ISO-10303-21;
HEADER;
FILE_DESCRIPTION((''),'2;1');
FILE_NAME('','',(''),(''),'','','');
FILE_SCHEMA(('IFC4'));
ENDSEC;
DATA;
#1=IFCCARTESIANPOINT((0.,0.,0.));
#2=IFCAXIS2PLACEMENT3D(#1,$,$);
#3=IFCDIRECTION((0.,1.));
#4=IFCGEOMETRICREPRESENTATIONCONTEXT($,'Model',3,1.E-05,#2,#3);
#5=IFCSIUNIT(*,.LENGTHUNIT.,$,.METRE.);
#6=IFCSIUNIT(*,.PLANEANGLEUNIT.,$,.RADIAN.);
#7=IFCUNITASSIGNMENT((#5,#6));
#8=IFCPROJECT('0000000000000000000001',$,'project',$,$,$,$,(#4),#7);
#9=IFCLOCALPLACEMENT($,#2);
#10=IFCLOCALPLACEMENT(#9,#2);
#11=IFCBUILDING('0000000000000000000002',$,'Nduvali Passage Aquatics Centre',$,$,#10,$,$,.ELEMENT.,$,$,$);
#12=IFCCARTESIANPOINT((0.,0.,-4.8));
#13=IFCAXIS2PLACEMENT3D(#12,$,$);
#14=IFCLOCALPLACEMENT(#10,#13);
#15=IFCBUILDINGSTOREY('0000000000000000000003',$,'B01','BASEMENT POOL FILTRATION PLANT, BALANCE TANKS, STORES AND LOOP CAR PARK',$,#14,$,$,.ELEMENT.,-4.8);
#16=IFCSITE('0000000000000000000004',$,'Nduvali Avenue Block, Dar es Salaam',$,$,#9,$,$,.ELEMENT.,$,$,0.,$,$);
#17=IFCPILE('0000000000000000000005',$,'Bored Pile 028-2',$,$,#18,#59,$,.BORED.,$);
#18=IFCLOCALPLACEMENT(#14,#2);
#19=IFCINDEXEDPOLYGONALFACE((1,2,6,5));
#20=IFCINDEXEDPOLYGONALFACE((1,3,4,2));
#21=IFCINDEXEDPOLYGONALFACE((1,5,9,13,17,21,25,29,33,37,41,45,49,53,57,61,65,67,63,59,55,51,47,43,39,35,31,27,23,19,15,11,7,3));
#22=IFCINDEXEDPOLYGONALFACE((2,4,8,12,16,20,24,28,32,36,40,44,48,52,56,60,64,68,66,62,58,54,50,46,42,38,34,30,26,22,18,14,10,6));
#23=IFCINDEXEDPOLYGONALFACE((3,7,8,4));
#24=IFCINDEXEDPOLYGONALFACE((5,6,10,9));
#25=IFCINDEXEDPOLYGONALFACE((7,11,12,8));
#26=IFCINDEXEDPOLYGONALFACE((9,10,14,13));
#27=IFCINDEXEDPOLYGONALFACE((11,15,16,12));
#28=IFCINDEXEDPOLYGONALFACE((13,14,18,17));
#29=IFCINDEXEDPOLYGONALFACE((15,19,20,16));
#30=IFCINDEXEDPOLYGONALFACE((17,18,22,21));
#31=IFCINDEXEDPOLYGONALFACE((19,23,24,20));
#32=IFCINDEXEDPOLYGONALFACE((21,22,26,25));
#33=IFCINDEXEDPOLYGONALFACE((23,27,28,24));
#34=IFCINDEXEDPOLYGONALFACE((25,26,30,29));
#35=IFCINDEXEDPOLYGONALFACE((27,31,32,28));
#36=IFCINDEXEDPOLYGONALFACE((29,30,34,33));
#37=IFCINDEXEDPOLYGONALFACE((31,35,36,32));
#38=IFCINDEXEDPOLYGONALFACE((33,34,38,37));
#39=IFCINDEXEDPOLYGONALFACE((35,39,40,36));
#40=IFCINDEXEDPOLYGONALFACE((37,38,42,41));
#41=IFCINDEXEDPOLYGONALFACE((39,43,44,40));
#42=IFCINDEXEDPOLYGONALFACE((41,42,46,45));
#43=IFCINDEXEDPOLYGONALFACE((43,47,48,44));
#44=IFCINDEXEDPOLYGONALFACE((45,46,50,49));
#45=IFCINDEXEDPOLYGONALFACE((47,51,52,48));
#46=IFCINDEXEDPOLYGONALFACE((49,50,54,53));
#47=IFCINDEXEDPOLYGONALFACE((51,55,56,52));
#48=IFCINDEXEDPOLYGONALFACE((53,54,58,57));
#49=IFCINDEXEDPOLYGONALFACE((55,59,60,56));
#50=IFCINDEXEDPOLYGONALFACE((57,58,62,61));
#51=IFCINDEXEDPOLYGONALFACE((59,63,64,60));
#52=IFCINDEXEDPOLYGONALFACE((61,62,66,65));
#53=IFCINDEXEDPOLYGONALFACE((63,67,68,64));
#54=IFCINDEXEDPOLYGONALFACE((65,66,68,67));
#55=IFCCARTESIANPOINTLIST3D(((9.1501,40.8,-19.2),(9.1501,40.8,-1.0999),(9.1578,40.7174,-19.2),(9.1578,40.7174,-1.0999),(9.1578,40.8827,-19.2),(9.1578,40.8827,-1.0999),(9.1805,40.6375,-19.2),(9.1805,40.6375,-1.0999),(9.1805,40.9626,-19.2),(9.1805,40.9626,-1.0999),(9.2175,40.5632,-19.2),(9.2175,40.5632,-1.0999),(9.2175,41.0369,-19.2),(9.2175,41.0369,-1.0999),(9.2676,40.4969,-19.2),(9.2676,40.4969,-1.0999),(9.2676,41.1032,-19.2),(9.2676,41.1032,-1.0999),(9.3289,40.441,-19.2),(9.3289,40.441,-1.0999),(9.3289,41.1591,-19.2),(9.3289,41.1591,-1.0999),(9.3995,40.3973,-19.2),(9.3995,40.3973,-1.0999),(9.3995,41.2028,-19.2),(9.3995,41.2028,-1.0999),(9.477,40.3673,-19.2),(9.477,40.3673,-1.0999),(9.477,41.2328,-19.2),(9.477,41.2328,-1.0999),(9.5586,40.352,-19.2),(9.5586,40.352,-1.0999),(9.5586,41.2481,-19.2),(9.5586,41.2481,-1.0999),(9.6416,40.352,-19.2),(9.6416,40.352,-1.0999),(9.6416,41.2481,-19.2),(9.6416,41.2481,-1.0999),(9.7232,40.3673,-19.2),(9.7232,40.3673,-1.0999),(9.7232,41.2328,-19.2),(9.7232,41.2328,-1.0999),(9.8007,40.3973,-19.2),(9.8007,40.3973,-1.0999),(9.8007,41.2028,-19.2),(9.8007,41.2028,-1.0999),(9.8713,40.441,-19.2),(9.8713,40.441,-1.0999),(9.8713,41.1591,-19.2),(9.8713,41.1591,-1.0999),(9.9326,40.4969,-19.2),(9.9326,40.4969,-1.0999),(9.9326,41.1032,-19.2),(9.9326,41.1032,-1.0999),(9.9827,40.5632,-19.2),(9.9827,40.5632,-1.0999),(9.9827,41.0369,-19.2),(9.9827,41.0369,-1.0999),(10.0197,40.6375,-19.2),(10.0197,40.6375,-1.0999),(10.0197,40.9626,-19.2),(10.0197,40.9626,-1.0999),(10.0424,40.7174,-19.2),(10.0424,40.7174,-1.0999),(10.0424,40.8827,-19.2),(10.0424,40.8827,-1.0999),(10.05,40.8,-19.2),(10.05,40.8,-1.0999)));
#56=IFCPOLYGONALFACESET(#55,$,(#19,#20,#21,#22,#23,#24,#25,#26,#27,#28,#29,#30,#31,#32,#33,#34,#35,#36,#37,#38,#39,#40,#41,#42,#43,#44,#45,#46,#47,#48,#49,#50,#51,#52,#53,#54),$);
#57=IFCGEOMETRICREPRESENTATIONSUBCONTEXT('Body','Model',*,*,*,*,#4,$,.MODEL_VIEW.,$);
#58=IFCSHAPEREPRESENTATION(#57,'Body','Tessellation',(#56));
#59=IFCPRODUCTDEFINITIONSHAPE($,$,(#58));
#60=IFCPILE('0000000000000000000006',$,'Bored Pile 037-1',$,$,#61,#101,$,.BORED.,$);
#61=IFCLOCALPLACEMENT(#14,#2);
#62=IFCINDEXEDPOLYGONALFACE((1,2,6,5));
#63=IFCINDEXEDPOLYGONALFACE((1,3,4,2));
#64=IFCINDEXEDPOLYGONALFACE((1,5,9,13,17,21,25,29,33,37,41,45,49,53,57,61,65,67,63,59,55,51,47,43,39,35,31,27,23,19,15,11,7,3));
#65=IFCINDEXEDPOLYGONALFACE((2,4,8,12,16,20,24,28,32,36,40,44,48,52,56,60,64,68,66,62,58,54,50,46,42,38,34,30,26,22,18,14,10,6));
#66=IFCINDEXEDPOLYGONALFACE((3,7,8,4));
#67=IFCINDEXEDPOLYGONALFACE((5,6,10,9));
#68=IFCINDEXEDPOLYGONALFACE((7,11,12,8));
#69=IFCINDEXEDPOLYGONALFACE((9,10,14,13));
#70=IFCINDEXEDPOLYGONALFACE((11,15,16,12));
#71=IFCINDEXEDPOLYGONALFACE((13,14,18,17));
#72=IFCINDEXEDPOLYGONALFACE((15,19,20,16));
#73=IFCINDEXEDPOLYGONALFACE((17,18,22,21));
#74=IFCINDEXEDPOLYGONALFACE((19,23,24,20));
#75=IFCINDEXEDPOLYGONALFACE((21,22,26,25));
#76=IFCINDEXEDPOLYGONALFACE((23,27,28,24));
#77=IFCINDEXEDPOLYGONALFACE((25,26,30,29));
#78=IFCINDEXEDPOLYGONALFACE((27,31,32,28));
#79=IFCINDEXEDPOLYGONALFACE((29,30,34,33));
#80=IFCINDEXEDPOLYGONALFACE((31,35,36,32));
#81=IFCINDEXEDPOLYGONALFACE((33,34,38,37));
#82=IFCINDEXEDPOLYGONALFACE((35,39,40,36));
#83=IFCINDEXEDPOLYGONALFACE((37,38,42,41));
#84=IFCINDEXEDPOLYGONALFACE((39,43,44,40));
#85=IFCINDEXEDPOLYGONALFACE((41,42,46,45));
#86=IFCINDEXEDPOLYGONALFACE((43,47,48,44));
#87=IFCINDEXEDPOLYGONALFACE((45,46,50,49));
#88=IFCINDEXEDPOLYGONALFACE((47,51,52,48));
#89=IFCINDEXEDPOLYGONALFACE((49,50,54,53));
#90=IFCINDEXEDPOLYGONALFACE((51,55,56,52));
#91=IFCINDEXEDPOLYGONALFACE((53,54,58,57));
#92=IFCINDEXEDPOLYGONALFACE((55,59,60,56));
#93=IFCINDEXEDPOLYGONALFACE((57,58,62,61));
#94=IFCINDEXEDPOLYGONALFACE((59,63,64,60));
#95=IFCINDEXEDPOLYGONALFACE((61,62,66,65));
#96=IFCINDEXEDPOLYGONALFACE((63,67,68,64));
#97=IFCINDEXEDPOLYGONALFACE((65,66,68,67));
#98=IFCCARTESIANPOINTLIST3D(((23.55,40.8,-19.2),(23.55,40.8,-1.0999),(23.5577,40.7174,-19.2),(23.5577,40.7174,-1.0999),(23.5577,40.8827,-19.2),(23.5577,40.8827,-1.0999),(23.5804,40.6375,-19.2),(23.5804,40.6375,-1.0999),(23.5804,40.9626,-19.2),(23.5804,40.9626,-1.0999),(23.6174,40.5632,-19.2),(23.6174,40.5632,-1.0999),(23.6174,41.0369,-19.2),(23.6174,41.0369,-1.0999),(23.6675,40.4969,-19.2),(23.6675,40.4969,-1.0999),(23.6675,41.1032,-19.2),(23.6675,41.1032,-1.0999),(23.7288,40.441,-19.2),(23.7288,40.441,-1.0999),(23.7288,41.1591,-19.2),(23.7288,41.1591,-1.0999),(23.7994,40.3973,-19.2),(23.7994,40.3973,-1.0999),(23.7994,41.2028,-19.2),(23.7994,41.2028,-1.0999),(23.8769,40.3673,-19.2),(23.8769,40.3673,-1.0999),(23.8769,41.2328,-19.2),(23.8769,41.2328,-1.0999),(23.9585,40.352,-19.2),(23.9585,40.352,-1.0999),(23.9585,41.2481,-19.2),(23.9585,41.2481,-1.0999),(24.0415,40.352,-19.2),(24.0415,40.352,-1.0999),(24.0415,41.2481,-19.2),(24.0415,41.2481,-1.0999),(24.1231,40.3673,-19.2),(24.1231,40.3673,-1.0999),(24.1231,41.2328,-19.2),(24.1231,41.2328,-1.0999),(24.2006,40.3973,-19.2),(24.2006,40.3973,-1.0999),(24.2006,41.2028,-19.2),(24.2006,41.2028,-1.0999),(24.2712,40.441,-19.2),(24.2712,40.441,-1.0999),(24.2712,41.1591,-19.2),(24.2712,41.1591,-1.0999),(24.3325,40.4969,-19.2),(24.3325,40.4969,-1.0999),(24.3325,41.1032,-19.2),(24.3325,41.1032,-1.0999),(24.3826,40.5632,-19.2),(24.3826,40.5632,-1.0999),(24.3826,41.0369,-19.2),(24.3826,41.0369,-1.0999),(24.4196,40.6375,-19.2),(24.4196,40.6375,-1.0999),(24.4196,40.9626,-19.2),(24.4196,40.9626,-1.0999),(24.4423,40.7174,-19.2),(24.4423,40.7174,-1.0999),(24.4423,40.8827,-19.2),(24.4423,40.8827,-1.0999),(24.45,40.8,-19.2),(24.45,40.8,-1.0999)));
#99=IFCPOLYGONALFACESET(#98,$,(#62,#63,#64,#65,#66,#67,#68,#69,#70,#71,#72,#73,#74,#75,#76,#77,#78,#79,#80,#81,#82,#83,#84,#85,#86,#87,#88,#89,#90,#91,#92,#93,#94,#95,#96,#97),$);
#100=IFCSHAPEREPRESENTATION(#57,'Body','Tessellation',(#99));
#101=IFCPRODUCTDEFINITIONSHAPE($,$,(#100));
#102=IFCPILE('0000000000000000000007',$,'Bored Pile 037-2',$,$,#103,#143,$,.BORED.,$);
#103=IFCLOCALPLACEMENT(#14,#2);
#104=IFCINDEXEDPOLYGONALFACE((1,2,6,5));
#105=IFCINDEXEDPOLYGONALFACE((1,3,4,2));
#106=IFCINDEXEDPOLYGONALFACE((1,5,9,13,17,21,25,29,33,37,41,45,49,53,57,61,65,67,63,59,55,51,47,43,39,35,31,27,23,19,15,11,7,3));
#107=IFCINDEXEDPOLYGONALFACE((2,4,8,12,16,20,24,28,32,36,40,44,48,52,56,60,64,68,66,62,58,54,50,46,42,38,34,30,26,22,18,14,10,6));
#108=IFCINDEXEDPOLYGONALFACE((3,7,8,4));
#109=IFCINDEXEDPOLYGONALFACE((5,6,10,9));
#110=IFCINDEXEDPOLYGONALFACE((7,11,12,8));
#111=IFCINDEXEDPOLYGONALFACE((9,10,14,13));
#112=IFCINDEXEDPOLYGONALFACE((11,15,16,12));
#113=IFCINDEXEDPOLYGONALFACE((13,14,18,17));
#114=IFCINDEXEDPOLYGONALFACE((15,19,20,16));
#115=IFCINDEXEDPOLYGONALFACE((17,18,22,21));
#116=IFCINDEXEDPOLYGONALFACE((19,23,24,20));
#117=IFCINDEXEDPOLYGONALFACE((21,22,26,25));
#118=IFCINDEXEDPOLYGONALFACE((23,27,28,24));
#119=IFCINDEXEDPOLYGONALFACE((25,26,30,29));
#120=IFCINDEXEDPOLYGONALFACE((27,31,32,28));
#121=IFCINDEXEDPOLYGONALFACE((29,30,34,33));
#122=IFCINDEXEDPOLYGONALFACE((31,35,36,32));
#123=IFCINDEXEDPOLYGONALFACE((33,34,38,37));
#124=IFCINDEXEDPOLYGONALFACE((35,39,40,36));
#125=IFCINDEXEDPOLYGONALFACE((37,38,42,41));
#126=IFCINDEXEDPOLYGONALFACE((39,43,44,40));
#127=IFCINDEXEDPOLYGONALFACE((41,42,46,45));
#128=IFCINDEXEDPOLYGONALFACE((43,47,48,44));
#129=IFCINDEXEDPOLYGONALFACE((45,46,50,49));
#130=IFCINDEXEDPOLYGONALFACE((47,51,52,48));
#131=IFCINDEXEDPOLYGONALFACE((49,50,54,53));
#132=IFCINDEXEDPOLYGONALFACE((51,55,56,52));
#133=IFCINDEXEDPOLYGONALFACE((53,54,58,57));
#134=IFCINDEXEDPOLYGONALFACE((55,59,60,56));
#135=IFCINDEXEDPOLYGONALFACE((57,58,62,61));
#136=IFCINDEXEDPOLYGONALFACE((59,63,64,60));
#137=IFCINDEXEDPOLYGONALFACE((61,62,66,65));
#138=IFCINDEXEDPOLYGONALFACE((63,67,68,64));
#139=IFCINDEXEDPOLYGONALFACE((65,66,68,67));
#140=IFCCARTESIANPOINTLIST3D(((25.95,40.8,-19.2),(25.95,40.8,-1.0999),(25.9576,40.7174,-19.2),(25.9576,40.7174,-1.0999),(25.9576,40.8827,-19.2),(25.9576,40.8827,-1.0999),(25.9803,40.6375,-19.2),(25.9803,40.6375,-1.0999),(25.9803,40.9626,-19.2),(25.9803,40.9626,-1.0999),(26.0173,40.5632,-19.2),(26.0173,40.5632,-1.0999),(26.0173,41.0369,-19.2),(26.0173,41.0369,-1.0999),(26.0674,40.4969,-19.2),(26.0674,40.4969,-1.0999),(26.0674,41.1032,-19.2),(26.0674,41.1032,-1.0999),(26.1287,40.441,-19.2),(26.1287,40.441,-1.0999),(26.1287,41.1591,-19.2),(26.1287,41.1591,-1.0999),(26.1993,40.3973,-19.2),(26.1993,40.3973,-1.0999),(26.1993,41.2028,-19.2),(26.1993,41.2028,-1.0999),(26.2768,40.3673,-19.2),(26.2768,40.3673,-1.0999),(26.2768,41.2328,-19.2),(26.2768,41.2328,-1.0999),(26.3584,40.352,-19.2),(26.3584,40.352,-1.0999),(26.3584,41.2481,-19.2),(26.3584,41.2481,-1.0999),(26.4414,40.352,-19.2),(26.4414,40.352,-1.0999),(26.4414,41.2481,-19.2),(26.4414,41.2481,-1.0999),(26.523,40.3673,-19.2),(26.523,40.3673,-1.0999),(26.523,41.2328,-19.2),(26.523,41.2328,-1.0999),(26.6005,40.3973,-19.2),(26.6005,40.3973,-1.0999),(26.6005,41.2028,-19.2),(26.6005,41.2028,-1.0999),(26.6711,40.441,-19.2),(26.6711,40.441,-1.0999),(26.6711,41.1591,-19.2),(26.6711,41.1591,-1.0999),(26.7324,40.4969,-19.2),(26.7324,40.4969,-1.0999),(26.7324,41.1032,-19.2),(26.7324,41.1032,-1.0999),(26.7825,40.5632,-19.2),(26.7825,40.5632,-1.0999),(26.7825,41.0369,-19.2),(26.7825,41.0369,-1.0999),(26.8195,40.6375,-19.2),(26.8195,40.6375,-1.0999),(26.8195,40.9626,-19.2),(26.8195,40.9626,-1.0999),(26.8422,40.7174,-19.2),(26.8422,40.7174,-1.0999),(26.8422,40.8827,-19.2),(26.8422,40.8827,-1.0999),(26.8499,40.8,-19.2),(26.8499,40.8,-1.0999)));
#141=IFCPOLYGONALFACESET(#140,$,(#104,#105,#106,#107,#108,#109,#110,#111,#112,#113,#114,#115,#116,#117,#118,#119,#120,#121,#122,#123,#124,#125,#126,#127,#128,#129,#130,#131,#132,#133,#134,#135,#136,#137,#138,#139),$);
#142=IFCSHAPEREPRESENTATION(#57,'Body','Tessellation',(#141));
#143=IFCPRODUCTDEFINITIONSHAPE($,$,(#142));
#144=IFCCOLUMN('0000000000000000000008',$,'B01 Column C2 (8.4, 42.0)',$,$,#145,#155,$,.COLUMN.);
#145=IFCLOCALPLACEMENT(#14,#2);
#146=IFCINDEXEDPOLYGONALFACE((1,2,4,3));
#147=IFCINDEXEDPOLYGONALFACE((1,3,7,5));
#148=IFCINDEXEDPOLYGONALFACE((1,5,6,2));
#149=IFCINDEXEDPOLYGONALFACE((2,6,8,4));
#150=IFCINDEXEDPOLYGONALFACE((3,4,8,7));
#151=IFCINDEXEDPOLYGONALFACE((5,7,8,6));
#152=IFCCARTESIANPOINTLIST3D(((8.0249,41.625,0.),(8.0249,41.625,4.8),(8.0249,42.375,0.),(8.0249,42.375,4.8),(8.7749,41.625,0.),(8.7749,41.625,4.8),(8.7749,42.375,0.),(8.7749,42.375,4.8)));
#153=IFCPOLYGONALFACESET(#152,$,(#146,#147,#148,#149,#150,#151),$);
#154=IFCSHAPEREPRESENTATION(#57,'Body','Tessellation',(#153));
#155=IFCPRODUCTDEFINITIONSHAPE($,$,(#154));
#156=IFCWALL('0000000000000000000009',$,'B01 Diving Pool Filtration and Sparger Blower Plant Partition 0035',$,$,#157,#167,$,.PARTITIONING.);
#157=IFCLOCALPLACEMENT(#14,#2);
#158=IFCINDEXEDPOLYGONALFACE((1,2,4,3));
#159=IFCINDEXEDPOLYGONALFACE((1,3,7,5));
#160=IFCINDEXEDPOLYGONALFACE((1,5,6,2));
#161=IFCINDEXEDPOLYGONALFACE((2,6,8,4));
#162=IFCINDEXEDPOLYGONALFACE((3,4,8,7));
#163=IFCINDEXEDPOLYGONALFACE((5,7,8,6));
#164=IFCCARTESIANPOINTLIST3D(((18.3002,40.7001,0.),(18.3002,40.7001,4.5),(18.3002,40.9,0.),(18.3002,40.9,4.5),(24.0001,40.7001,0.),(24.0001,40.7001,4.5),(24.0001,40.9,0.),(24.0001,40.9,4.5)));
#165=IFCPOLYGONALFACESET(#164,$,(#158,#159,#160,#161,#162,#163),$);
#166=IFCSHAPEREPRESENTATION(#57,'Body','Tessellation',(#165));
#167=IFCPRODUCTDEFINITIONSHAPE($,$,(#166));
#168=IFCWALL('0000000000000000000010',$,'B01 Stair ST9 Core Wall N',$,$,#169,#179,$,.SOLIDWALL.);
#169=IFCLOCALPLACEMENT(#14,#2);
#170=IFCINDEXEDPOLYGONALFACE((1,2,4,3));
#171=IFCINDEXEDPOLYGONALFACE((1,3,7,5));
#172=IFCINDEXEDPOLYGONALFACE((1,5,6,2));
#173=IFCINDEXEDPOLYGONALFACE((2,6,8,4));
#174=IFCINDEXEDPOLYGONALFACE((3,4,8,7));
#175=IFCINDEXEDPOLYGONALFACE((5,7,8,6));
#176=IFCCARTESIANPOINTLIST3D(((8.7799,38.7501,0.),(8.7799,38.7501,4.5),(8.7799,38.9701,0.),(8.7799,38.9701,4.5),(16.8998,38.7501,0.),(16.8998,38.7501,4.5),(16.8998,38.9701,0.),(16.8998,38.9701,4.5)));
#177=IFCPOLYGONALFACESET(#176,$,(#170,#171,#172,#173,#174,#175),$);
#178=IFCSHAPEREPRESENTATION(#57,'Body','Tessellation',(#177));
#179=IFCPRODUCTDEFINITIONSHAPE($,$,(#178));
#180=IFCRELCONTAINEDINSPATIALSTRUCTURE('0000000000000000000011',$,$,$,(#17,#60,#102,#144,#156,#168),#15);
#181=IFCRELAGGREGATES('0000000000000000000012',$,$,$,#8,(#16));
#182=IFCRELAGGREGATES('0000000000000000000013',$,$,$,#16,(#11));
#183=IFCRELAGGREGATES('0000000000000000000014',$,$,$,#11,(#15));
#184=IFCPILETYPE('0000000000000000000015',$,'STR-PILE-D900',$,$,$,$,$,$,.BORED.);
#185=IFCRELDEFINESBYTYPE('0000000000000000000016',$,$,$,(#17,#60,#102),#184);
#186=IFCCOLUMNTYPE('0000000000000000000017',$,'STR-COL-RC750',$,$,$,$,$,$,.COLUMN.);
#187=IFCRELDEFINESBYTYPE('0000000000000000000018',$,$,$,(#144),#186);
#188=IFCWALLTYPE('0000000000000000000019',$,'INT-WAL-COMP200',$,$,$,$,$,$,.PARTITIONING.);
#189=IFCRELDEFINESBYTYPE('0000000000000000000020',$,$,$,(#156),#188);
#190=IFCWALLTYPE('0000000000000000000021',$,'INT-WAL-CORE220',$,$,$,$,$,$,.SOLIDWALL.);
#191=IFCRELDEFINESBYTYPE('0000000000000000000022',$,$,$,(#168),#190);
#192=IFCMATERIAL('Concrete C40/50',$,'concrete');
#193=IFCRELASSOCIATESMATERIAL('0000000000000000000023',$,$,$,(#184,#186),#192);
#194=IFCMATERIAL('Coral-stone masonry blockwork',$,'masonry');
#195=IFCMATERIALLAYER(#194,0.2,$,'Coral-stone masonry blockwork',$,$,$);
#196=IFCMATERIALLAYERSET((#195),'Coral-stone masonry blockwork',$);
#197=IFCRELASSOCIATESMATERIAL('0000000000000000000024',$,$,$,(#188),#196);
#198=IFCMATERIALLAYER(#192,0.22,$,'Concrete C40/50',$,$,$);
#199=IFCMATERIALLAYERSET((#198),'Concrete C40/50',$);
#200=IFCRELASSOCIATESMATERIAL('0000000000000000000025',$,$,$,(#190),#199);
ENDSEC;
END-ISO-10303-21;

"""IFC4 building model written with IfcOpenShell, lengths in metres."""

from ifc_helpers import new_model, si_unit, direction, frame, frame_2d, origin, origin_2d, place, context, subcontext, project, spatial, rectangle, circle, extrude, material, layer, layer_set, material_profile, profile_set, type_object, element, save


model = new_model("IFC4")

# Units and contexts
model_context = context("Model", 3, precision=1e-05, world=origin(), true_north=direction((0.0, 1.0)))
body_context = subcontext(model_context, "Body", "Model", "MODEL_VIEW")
ifc_project = project(units=[si_unit("LENGTHUNIT", "METRE"), si_unit("PLANEANGLEUNIT", "RADIAN")], contexts=[model_context])

# Site, building, storey
site_placement = place(None, origin())
site = spatial("IfcSite", under=ifc_project, at=site_placement, Name="Nduvali Avenue Block, Dar es Salaam", CompositionType="ELEMENT", RefElevation=0.0)
building_placement = place(site_placement, origin())
building = spatial("IfcBuilding", under=site, at=building_placement, Name="Nduvali Passage Aquatics Centre", CompositionType="ELEMENT")
storey_placement = place(building_placement, frame((0.0, 0.0, -4.8)))
storey = spatial("IfcBuildingStorey", under=building, at=storey_placement, Name="B01", Description="BASEMENT POOL FILTRATION PLANT, BALANCE TANKS, STORES AND LOOP CAR PARK", CompositionType="ELEMENT", Elevation=-4.8)

# Shared definitions
ifc_material_1 = material(Name="Concrete C40/50", Category="concrete")

# Piles
ifc_material_profile_1 = material_profile(ifc_material_1, circle(Radius=0.45, at=origin_2d()), Name="PILE D900")
ifc_profile_set_1 = profile_set([ifc_material_profile_1], Name="Concrete C40/50")
pile_type_1 = type_object("IfcPileType", Name="STR-PILE-D900", PredefinedType="BORED", material=ifc_profile_set_1)
for number, where, z_axis, x_axis, name in (
    (1, (9.6001, 40.8, -1.0999), (0.0, 0.0, -1.0), (1.0, 0.0, 0.0), "Bored Pile 028-2"),
    (2, (24.0, 40.8, -1.0999), (0.0, 0.0, -1.0), (1.0, 0.0, 0.0), "Bored Pile 037-1"),
    (3, (26.3999, 40.8, -1.0999), (0.0, 0.0, -1.0), (1.0, 0.0, 0.0), "Bored Pile 037-2"),
):
    element("IfcPile", number, at=place(storey_placement, frame(where, z_axis=z_axis, x_axis=x_axis)), inside=storey, type_object=pile_type_1, Name=name, PredefinedType="BORED", context=body_context, shape_type="SweptSolid", body=[
        extrude(circle(Radius=0.45, at=origin_2d()), origin(), (0.0, 0.0, 1.0), 18.1001),
    ])

# Column
ifc_material_profile_2 = material_profile(ifc_material_1, rectangle(XDim=0.75, YDim=0.75, at=origin_2d()), Name="RC 750x750")
ifc_profile_set_2 = profile_set([ifc_material_profile_2], Name="Concrete C40/50")
column_type = type_object("IfcColumnType", Name="STR-COL-RC750", PredefinedType="COLUMN", material=ifc_profile_set_2)
column_placement = place(storey_placement, frame((8.3999, 42.0, 0.0), z_axis=(0.0, 0.0, 1.0), x_axis=(1.0, 0.0, 0.0)))
element("IfcColumn", 4, at=column_placement, inside=storey, type_object=column_type, Name="B01 Column C2 (8.4, 42.0)", PredefinedType="COLUMN", context=body_context, shape_type="SweptSolid", body=[
    extrude(rectangle(XDim=0.75, YDim=0.75, at=origin_2d()), origin(), (0.0, 0.0, 1.0), 4.8),
])

# Walls
ifc_material_2 = material(Name="Coral-stone masonry blockwork", Category="masonry")
ifc_layer_1 = layer(ifc_material_2, 0.2, Name="Coral-stone masonry blockwork")
ifc_layer_set_1 = layer_set([ifc_layer_1], Name="Coral-stone masonry blockwork")
wall_type_1 = type_object("IfcWallType", Name="INT-WAL-COMP200", PredefinedType="PARTITIONING", material=ifc_layer_set_1)
wall_1_placement = place(storey_placement, frame((18.3, 40.8, 0.0), z_axis=(0.0, 0.0, 1.0), x_axis=(1.0, 0.0, 0.0)))
element("IfcWall", 5, at=wall_1_placement, inside=storey, type_object=wall_type_1, Name="B01 Diving Pool Filtration and Sparger Blower Plant Partition 0035", PredefinedType="PARTITIONING", context=body_context, shape_type="SweptSolid", body=[
    extrude(rectangle(XDim=5.7, YDim=0.2, at=frame_2d((2.8501, 0.0))), origin(), (0.0, 0.0, 1.0), 4.5),
])
ifc_layer_2 = layer(ifc_material_1, 0.22, Name="Concrete C40/50")
ifc_layer_set_2 = layer_set([ifc_layer_2], Name="Concrete C40/50")
wall_type_2 = type_object("IfcWallType", Name="INT-WAL-CORE220", PredefinedType="SOLIDWALL", material=ifc_layer_set_2)
wall_2_placement = place(storey_placement, frame((16.8999, 38.8601, 0.0), z_axis=(0.0, 0.0, 1.0), x_axis=(-1.0, 0.0, 0.0)))
element("IfcWall", 6, at=wall_2_placement, inside=storey, type_object=wall_type_2, Name="B01 Stair ST9 Core Wall N", PredefinedType="SOLIDWALL", context=body_context, shape_type="SweptSolid", body=[
    extrude(rectangle(XDim=8.1199, YDim=0.22, at=frame_2d((4.0601, 0.0))), origin(), (0.0, 0.0, 1.0), 4.5),
])

save(model, "model.ifc")
